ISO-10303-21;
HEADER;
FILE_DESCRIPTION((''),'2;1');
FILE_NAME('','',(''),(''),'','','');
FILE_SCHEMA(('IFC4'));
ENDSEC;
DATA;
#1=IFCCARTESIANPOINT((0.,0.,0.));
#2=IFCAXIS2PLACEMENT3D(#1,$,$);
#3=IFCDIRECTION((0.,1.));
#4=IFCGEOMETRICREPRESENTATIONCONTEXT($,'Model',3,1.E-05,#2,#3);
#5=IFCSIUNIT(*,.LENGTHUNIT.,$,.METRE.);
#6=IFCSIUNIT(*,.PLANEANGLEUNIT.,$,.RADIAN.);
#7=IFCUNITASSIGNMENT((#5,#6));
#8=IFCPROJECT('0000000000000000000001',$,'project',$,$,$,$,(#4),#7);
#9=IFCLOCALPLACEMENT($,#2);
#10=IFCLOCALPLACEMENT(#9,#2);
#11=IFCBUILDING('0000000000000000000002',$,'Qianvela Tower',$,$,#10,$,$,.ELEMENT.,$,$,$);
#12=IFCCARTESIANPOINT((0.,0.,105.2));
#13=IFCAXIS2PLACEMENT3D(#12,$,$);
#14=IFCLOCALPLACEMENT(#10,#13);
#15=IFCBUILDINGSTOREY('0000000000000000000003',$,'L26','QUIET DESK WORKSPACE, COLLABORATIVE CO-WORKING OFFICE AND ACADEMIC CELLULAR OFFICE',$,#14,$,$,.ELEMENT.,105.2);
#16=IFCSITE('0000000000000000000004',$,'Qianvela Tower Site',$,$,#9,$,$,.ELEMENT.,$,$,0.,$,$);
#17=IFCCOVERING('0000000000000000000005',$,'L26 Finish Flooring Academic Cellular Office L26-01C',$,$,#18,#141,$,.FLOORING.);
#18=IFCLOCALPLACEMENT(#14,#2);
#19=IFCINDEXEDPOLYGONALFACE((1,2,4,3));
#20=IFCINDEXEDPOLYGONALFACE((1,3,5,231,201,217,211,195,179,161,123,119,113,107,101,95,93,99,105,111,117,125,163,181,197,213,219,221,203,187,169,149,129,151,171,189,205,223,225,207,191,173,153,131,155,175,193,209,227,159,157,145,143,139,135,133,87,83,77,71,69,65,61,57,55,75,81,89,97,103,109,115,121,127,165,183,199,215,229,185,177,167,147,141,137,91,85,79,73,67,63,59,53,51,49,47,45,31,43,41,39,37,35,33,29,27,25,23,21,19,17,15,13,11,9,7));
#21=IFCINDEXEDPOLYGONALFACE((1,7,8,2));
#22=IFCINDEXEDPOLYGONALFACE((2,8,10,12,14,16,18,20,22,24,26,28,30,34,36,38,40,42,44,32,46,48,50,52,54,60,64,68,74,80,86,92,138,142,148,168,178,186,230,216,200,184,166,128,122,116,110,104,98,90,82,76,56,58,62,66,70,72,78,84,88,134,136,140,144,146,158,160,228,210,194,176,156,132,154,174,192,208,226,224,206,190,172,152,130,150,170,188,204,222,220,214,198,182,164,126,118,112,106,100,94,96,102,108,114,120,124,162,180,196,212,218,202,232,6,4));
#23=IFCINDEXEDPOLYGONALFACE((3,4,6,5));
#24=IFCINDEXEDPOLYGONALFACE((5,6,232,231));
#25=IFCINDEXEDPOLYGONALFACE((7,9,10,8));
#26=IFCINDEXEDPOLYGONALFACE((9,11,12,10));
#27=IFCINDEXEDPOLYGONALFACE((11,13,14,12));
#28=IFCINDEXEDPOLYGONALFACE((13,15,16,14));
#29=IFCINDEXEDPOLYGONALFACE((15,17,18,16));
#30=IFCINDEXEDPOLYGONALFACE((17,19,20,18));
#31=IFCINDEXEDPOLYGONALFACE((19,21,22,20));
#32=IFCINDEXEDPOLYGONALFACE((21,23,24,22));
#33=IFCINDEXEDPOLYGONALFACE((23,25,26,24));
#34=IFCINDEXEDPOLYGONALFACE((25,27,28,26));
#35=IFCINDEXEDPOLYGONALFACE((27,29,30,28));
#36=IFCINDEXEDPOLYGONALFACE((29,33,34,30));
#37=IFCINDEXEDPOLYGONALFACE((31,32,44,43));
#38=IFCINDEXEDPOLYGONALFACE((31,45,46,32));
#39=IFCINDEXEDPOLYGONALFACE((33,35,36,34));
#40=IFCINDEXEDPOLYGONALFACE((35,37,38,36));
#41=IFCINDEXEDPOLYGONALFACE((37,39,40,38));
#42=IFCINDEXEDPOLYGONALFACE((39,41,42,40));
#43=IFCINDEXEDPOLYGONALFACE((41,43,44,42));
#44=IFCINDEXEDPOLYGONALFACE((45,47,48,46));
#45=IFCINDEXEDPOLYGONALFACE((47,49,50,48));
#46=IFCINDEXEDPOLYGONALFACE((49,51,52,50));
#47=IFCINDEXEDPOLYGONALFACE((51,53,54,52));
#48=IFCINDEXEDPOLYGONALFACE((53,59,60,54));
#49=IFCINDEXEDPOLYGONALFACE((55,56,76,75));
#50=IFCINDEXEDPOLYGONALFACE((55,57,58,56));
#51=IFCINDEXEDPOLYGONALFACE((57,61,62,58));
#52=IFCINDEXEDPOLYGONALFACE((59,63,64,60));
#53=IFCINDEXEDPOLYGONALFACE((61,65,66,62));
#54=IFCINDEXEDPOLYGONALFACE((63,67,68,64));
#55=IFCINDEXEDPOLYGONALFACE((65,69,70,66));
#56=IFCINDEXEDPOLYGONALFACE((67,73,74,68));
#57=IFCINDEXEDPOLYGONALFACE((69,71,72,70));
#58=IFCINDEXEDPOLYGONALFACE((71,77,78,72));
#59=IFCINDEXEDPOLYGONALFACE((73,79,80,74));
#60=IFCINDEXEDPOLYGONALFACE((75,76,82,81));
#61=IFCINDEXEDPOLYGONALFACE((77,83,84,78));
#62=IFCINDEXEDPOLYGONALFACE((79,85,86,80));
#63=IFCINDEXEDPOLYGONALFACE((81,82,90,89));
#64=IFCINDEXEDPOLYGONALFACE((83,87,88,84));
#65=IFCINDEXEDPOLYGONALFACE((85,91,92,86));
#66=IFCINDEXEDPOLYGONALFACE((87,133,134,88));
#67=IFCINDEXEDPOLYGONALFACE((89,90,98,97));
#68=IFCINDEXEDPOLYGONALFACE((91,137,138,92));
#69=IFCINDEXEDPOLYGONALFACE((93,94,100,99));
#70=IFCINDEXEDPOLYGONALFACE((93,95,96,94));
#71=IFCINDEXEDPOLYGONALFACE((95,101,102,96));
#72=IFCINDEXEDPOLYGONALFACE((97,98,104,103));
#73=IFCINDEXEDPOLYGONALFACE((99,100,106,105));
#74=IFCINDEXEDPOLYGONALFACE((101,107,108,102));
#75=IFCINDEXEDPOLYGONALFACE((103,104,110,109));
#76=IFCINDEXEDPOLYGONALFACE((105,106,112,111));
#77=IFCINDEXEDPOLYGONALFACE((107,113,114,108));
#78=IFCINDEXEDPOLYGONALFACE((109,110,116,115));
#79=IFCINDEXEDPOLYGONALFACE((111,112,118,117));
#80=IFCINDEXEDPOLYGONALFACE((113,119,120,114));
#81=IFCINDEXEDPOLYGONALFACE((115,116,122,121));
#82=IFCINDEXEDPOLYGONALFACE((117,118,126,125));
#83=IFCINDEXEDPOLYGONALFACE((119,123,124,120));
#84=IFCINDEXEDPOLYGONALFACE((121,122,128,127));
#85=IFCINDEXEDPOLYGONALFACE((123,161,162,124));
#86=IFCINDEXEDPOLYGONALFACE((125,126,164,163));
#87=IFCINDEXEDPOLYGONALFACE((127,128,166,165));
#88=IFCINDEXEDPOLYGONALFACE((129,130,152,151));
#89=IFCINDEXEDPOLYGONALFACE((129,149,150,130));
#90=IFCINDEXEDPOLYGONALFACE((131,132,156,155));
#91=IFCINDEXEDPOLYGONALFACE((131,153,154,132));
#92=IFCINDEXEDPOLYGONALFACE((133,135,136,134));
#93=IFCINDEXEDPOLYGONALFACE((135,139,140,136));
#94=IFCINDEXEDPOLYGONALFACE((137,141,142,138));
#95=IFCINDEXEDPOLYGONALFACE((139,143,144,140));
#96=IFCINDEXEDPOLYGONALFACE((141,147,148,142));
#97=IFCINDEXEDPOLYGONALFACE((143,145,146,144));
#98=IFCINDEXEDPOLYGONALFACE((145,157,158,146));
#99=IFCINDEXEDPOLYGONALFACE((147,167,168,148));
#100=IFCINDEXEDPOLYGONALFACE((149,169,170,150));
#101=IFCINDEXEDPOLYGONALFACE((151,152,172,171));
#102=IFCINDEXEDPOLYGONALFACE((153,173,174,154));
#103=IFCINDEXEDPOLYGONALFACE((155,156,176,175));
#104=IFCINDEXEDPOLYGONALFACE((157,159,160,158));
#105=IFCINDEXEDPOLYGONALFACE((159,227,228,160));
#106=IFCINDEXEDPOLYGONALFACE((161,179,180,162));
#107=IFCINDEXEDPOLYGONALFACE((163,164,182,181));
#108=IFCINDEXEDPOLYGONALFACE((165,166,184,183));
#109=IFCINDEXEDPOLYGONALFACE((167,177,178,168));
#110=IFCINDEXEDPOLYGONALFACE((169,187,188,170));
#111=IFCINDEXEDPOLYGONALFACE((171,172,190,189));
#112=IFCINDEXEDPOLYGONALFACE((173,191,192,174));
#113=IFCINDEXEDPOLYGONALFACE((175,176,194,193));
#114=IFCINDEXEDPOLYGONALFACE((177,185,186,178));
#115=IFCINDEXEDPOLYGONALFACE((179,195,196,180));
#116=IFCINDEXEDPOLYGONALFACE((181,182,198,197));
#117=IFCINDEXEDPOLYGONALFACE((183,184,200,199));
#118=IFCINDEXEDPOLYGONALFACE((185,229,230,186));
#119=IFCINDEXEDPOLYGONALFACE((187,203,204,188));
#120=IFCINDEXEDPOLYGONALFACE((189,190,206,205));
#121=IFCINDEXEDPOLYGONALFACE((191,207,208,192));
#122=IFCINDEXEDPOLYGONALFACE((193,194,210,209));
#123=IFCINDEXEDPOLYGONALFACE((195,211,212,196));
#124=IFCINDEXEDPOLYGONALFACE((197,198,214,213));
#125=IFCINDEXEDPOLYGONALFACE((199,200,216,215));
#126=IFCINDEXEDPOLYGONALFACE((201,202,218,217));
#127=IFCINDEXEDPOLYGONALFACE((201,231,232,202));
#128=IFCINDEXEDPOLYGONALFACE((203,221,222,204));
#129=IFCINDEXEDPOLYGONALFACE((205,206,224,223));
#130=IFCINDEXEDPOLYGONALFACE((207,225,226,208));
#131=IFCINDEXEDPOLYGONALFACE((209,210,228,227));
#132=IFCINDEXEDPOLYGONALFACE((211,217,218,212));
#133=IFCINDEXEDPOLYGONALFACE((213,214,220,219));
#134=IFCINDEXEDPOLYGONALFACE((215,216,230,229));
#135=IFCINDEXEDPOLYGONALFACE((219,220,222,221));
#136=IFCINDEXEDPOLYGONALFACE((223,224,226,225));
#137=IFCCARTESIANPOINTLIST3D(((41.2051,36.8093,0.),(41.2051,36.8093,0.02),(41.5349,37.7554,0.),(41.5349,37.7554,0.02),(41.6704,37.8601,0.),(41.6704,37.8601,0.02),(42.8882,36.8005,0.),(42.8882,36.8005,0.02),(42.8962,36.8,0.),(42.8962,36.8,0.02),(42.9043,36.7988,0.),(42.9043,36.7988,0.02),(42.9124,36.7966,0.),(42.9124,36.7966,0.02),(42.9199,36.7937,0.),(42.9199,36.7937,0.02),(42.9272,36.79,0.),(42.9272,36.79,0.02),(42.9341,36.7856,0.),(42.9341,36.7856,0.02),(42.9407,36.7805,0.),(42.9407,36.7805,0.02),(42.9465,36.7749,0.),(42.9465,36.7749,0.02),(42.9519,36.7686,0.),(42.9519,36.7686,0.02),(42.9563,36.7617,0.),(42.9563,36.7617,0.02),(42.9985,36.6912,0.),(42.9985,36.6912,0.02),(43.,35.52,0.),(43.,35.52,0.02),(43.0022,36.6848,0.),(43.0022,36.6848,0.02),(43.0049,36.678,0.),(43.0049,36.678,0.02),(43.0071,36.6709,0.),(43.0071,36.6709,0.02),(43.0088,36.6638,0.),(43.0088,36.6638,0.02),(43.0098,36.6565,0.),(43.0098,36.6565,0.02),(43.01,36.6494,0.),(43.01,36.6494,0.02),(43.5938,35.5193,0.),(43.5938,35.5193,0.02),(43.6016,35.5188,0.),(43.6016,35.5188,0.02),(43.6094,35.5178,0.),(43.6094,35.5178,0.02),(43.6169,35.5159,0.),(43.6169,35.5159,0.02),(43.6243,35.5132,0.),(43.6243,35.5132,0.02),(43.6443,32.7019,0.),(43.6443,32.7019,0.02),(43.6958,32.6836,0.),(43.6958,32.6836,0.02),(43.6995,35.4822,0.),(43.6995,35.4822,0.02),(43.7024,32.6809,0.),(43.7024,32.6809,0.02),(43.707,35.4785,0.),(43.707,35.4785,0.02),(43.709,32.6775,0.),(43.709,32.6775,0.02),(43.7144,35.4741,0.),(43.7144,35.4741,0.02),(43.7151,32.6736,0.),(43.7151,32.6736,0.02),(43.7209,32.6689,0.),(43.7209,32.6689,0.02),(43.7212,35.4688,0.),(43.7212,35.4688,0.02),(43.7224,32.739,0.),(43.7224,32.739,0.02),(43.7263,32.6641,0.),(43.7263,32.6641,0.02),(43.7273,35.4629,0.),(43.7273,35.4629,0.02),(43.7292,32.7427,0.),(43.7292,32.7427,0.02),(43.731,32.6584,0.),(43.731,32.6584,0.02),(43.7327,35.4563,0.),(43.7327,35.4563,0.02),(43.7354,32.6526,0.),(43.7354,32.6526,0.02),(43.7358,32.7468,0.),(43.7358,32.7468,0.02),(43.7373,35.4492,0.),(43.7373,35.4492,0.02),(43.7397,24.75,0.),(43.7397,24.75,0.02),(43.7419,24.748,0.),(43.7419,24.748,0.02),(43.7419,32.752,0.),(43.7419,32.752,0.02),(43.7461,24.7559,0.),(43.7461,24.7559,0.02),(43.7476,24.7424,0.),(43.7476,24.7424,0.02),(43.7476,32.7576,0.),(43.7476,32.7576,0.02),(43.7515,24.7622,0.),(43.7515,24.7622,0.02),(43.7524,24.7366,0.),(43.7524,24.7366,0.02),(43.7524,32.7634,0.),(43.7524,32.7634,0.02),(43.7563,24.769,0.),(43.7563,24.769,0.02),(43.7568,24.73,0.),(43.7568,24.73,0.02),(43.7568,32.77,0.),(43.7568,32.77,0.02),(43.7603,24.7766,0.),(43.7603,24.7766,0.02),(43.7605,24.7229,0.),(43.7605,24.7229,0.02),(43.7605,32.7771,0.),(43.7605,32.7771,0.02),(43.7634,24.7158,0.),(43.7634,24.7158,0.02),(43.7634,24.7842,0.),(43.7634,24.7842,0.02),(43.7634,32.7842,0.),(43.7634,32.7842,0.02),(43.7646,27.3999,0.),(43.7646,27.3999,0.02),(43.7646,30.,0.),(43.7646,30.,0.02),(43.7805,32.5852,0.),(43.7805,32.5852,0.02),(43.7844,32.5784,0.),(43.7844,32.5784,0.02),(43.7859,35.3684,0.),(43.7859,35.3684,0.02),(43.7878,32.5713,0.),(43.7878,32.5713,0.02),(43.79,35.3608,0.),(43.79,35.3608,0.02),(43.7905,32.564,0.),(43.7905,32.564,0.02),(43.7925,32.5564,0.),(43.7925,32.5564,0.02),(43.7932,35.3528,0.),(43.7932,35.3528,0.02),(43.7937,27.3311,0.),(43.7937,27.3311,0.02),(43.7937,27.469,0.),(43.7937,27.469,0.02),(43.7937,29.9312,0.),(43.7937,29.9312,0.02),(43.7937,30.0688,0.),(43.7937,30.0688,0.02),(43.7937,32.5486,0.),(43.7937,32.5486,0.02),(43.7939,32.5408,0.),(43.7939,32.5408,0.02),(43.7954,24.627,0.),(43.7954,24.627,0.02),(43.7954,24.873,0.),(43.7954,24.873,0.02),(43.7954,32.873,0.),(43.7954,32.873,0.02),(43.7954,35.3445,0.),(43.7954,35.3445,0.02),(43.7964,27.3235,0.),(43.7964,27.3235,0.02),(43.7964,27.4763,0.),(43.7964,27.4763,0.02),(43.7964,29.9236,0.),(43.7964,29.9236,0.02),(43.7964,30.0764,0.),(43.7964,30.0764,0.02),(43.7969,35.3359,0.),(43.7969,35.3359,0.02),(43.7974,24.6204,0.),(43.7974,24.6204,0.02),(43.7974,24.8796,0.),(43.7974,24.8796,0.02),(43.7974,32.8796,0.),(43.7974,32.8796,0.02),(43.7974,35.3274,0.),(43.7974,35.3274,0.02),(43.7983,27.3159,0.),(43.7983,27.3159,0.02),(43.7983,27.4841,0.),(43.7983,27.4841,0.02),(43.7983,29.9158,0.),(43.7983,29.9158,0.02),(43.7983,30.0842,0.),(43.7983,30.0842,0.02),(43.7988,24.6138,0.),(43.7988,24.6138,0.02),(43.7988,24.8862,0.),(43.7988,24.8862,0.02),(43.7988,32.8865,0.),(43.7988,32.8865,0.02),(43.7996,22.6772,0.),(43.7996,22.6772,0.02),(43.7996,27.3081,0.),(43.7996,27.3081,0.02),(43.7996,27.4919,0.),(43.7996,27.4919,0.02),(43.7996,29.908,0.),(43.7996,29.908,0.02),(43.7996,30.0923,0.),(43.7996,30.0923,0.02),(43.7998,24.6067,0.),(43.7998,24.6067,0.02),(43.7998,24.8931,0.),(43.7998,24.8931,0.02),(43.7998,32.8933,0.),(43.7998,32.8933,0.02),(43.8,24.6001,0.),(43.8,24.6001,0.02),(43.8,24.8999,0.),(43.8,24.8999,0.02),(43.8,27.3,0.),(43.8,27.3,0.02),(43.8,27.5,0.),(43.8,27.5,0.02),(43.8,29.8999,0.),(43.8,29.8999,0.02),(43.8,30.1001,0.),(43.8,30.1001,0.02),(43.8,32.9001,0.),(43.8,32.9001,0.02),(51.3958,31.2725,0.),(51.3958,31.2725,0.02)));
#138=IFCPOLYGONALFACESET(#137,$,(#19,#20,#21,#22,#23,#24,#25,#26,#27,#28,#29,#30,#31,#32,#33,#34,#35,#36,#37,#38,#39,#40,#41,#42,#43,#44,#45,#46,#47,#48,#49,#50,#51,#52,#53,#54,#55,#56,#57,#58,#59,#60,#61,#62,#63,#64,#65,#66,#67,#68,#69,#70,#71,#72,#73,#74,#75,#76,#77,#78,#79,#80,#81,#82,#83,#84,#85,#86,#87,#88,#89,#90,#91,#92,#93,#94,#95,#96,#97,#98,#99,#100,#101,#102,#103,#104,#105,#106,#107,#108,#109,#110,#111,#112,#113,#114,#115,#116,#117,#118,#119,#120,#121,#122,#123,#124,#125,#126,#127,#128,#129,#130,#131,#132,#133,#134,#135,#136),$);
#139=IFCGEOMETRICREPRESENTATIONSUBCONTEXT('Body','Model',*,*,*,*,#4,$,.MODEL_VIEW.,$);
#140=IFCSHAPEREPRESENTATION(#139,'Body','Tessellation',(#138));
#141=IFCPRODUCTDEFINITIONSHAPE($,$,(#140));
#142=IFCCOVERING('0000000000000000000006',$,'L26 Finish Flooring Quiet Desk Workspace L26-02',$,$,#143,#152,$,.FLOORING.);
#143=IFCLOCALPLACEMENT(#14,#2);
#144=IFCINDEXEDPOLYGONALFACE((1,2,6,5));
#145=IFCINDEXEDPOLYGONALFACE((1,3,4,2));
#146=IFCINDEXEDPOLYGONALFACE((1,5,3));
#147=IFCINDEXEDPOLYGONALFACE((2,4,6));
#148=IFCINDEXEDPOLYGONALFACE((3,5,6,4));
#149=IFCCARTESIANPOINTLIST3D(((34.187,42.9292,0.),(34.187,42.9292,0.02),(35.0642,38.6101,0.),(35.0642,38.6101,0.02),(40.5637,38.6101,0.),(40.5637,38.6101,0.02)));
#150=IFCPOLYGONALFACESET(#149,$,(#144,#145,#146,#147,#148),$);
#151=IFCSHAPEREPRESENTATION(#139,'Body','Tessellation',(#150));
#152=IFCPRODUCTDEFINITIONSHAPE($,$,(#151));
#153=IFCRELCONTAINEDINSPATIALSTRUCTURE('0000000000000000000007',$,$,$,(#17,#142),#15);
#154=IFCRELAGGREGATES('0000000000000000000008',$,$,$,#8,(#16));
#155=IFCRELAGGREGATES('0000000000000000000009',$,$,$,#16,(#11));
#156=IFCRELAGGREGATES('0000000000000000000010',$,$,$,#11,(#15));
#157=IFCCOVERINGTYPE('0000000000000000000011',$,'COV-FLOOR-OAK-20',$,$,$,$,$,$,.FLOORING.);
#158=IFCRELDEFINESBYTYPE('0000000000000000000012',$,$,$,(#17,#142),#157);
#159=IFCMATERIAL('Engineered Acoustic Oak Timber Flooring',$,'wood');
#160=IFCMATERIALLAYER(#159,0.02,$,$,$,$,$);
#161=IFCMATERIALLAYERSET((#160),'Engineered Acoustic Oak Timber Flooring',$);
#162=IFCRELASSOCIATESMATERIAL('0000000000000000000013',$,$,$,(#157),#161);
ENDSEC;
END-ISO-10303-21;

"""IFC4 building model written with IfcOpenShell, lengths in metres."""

from ifc_helpers import new_model, si_unit, direction, frame, origin, place, context, subcontext, project, spatial, polyline, outline, extrude, material, layer, layer_set, type_object, element, save


model = new_model("IFC4")

# Units and contexts
model_context = context("Model", 3, precision=1e-05, world=origin(), true_north=direction((0.0, 1.0)))
body_context = subcontext(model_context, "Body", "Model", "MODEL_VIEW")
ifc_project = project(units=[si_unit("LENGTHUNIT", "METRE"), si_unit("PLANEANGLEUNIT", "RADIAN")], contexts=[model_context])

# Site, building, storey
site_placement = place(None, origin())
site = spatial("IfcSite", under=ifc_project, at=site_placement, Name="Qianvela Tower Site", CompositionType="ELEMENT", RefElevation=0.0)
building_placement = place(site_placement, origin())
building = spatial("IfcBuilding", under=site, at=building_placement, Name="Qianvela Tower", CompositionType="ELEMENT")
storey_placement = place(building_placement, frame((0.0, 0.0, 105.2)))
storey = spatial("IfcBuildingStorey", under=building, at=storey_placement, Name="L26", Description="QUIET DESK WORKSPACE, COLLABORATIVE CO-WORKING OFFICE AND ACADEMIC CELLULAR OFFICE", CompositionType="ELEMENT", Elevation=105.2)

# Coverings
ifc_material_1 = material(Name="Engineered Acoustic Oak Timber Flooring", Category="wood")
ifc_layer_1 = layer(ifc_material_1, 0.02)
ifc_layer_set_1 = layer_set([ifc_layer_1], Name="Engineered Acoustic Oak Timber Flooring")
covering_type_1 = type_object("IfcCoveringType", Name="COV-FLOOR-OAK-20", PredefinedType="FLOORING", material=ifc_layer_set_1)
covering_1_placement = place(storey_placement, origin())
element("IfcCovering", 1, at=covering_1_placement, inside=storey, type_object=covering_type_1, Name="L26 Finish Flooring Academic Cellular Office L26-01C", PredefinedType="FLOORING", context=body_context, shape_type="SweptSolid", body=[
    extrude(outline(polyline([(43.6443, 32.7019), (43.7224, 32.739), (43.7292, 32.7427), (43.7358, 32.7468), (43.7419, 32.752), (43.7476, 32.7576), (43.7524, 32.7634), (43.7568, 32.77), (43.7605, 32.7771), (43.7634, 32.7842), (43.7954, 32.873), (43.7974, 32.8796), (43.7988, 32.8865), (43.7998, 32.8933), (43.8, 32.9001), (43.7974, 35.3274), (43.7969, 35.3359), (43.7954, 35.3445), (43.7932, 35.3528), (43.79, 35.3608), (43.7859, 35.3684), (43.7373, 35.4492), (43.7327, 35.4563), (43.7273, 35.4629), (43.7212, 35.4688), (43.7144, 35.4741), (43.707, 35.4785), (43.6995, 35.4822), (43.6243, 35.5132), (43.6169, 35.5159), (43.6094, 35.5178), (43.6016, 35.5188), (43.5938, 35.5193), (43.0, 35.52), (43.01, 36.6494), (43.0098, 36.6565), (43.0088, 36.6638), (43.0071, 36.6709), (43.0049, 36.678), (43.0022, 36.6848), (42.9985, 36.6912), (42.9563, 36.7617), (42.9519, 36.7686), (42.9465, 36.7749), (42.9407, 36.7805), (42.9341, 36.7856), (42.9272, 36.79), (42.9199, 36.7937), (42.9124, 36.7966), (42.9043, 36.7988), (42.8962, 36.8), (42.8882, 36.8005), (41.2051, 36.8093), (41.5349, 37.7554), (41.6704, 37.8601), (51.3958, 31.2725), (43.7996, 22.6772), (43.8, 24.6001), (43.7998, 24.6067), (43.7988, 24.6138), (43.7974, 24.6204), (43.7954, 24.627), (43.7634, 24.7158), (43.7605, 24.7229), (43.7568, 24.73), (43.7524, 24.7366), (43.7476, 24.7424), (43.7419, 24.748), (43.7397, 24.75), (43.7397, 24.75), (43.7461, 24.7559), (43.7515, 24.7622), (43.7563, 24.769), (43.7603, 24.7766), (43.7634, 24.7842), (43.7954, 24.873), (43.7974, 24.8796), (43.7988, 24.8862), (43.7998, 24.8931), (43.8, 24.8999), (43.8, 27.3), (43.7996, 27.3081), (43.7983, 27.3159), (43.7964, 27.3235), (43.7937, 27.3311), (43.7646, 27.3999), (43.7937, 27.469), (43.7964, 27.4763), (43.7983, 27.4841), (43.7996, 27.4919), (43.8, 27.5), (43.8, 29.8999), (43.7996, 29.908), (43.7983, 29.9158), (43.7964, 29.9236), (43.7937, 29.9312), (43.7646, 30.0), (43.7937, 30.0688), (43.7964, 30.0764), (43.7983, 30.0842), (43.7996, 30.0923), (43.8, 30.1001), (43.7939, 32.5408), (43.7937, 32.5486), (43.7925, 32.5564), (43.7905, 32.564), (43.7878, 32.5713), (43.7844, 32.5784), (43.7805, 32.5852), (43.7354, 32.6526), (43.731, 32.6584), (43.7263, 32.6641), (43.7209, 32.6689), (43.7151, 32.6736), (43.709, 32.6775), (43.7024, 32.6809), (43.6958, 32.6836), (43.6443, 32.7019)])), origin(), (0.0, 0.0, 1.0), 0.02),
])
covering_2_placement = place(storey_placement, origin())
element("IfcCovering", 2, at=covering_2_placement, inside=storey, type_object=covering_type_1, Name="L26 Finish Flooring Quiet Desk Workspace L26-02", PredefinedType="FLOORING", context=body_context, shape_type="SweptSolid", body=[
    extrude(outline(polyline([(35.0642, 38.6101), (34.187, 42.9292), (40.5637, 38.6101), (35.0642, 38.6101)])), origin(), (0.0, 0.0, 1.0), 0.02),
])

save(model, "model.ifc")
